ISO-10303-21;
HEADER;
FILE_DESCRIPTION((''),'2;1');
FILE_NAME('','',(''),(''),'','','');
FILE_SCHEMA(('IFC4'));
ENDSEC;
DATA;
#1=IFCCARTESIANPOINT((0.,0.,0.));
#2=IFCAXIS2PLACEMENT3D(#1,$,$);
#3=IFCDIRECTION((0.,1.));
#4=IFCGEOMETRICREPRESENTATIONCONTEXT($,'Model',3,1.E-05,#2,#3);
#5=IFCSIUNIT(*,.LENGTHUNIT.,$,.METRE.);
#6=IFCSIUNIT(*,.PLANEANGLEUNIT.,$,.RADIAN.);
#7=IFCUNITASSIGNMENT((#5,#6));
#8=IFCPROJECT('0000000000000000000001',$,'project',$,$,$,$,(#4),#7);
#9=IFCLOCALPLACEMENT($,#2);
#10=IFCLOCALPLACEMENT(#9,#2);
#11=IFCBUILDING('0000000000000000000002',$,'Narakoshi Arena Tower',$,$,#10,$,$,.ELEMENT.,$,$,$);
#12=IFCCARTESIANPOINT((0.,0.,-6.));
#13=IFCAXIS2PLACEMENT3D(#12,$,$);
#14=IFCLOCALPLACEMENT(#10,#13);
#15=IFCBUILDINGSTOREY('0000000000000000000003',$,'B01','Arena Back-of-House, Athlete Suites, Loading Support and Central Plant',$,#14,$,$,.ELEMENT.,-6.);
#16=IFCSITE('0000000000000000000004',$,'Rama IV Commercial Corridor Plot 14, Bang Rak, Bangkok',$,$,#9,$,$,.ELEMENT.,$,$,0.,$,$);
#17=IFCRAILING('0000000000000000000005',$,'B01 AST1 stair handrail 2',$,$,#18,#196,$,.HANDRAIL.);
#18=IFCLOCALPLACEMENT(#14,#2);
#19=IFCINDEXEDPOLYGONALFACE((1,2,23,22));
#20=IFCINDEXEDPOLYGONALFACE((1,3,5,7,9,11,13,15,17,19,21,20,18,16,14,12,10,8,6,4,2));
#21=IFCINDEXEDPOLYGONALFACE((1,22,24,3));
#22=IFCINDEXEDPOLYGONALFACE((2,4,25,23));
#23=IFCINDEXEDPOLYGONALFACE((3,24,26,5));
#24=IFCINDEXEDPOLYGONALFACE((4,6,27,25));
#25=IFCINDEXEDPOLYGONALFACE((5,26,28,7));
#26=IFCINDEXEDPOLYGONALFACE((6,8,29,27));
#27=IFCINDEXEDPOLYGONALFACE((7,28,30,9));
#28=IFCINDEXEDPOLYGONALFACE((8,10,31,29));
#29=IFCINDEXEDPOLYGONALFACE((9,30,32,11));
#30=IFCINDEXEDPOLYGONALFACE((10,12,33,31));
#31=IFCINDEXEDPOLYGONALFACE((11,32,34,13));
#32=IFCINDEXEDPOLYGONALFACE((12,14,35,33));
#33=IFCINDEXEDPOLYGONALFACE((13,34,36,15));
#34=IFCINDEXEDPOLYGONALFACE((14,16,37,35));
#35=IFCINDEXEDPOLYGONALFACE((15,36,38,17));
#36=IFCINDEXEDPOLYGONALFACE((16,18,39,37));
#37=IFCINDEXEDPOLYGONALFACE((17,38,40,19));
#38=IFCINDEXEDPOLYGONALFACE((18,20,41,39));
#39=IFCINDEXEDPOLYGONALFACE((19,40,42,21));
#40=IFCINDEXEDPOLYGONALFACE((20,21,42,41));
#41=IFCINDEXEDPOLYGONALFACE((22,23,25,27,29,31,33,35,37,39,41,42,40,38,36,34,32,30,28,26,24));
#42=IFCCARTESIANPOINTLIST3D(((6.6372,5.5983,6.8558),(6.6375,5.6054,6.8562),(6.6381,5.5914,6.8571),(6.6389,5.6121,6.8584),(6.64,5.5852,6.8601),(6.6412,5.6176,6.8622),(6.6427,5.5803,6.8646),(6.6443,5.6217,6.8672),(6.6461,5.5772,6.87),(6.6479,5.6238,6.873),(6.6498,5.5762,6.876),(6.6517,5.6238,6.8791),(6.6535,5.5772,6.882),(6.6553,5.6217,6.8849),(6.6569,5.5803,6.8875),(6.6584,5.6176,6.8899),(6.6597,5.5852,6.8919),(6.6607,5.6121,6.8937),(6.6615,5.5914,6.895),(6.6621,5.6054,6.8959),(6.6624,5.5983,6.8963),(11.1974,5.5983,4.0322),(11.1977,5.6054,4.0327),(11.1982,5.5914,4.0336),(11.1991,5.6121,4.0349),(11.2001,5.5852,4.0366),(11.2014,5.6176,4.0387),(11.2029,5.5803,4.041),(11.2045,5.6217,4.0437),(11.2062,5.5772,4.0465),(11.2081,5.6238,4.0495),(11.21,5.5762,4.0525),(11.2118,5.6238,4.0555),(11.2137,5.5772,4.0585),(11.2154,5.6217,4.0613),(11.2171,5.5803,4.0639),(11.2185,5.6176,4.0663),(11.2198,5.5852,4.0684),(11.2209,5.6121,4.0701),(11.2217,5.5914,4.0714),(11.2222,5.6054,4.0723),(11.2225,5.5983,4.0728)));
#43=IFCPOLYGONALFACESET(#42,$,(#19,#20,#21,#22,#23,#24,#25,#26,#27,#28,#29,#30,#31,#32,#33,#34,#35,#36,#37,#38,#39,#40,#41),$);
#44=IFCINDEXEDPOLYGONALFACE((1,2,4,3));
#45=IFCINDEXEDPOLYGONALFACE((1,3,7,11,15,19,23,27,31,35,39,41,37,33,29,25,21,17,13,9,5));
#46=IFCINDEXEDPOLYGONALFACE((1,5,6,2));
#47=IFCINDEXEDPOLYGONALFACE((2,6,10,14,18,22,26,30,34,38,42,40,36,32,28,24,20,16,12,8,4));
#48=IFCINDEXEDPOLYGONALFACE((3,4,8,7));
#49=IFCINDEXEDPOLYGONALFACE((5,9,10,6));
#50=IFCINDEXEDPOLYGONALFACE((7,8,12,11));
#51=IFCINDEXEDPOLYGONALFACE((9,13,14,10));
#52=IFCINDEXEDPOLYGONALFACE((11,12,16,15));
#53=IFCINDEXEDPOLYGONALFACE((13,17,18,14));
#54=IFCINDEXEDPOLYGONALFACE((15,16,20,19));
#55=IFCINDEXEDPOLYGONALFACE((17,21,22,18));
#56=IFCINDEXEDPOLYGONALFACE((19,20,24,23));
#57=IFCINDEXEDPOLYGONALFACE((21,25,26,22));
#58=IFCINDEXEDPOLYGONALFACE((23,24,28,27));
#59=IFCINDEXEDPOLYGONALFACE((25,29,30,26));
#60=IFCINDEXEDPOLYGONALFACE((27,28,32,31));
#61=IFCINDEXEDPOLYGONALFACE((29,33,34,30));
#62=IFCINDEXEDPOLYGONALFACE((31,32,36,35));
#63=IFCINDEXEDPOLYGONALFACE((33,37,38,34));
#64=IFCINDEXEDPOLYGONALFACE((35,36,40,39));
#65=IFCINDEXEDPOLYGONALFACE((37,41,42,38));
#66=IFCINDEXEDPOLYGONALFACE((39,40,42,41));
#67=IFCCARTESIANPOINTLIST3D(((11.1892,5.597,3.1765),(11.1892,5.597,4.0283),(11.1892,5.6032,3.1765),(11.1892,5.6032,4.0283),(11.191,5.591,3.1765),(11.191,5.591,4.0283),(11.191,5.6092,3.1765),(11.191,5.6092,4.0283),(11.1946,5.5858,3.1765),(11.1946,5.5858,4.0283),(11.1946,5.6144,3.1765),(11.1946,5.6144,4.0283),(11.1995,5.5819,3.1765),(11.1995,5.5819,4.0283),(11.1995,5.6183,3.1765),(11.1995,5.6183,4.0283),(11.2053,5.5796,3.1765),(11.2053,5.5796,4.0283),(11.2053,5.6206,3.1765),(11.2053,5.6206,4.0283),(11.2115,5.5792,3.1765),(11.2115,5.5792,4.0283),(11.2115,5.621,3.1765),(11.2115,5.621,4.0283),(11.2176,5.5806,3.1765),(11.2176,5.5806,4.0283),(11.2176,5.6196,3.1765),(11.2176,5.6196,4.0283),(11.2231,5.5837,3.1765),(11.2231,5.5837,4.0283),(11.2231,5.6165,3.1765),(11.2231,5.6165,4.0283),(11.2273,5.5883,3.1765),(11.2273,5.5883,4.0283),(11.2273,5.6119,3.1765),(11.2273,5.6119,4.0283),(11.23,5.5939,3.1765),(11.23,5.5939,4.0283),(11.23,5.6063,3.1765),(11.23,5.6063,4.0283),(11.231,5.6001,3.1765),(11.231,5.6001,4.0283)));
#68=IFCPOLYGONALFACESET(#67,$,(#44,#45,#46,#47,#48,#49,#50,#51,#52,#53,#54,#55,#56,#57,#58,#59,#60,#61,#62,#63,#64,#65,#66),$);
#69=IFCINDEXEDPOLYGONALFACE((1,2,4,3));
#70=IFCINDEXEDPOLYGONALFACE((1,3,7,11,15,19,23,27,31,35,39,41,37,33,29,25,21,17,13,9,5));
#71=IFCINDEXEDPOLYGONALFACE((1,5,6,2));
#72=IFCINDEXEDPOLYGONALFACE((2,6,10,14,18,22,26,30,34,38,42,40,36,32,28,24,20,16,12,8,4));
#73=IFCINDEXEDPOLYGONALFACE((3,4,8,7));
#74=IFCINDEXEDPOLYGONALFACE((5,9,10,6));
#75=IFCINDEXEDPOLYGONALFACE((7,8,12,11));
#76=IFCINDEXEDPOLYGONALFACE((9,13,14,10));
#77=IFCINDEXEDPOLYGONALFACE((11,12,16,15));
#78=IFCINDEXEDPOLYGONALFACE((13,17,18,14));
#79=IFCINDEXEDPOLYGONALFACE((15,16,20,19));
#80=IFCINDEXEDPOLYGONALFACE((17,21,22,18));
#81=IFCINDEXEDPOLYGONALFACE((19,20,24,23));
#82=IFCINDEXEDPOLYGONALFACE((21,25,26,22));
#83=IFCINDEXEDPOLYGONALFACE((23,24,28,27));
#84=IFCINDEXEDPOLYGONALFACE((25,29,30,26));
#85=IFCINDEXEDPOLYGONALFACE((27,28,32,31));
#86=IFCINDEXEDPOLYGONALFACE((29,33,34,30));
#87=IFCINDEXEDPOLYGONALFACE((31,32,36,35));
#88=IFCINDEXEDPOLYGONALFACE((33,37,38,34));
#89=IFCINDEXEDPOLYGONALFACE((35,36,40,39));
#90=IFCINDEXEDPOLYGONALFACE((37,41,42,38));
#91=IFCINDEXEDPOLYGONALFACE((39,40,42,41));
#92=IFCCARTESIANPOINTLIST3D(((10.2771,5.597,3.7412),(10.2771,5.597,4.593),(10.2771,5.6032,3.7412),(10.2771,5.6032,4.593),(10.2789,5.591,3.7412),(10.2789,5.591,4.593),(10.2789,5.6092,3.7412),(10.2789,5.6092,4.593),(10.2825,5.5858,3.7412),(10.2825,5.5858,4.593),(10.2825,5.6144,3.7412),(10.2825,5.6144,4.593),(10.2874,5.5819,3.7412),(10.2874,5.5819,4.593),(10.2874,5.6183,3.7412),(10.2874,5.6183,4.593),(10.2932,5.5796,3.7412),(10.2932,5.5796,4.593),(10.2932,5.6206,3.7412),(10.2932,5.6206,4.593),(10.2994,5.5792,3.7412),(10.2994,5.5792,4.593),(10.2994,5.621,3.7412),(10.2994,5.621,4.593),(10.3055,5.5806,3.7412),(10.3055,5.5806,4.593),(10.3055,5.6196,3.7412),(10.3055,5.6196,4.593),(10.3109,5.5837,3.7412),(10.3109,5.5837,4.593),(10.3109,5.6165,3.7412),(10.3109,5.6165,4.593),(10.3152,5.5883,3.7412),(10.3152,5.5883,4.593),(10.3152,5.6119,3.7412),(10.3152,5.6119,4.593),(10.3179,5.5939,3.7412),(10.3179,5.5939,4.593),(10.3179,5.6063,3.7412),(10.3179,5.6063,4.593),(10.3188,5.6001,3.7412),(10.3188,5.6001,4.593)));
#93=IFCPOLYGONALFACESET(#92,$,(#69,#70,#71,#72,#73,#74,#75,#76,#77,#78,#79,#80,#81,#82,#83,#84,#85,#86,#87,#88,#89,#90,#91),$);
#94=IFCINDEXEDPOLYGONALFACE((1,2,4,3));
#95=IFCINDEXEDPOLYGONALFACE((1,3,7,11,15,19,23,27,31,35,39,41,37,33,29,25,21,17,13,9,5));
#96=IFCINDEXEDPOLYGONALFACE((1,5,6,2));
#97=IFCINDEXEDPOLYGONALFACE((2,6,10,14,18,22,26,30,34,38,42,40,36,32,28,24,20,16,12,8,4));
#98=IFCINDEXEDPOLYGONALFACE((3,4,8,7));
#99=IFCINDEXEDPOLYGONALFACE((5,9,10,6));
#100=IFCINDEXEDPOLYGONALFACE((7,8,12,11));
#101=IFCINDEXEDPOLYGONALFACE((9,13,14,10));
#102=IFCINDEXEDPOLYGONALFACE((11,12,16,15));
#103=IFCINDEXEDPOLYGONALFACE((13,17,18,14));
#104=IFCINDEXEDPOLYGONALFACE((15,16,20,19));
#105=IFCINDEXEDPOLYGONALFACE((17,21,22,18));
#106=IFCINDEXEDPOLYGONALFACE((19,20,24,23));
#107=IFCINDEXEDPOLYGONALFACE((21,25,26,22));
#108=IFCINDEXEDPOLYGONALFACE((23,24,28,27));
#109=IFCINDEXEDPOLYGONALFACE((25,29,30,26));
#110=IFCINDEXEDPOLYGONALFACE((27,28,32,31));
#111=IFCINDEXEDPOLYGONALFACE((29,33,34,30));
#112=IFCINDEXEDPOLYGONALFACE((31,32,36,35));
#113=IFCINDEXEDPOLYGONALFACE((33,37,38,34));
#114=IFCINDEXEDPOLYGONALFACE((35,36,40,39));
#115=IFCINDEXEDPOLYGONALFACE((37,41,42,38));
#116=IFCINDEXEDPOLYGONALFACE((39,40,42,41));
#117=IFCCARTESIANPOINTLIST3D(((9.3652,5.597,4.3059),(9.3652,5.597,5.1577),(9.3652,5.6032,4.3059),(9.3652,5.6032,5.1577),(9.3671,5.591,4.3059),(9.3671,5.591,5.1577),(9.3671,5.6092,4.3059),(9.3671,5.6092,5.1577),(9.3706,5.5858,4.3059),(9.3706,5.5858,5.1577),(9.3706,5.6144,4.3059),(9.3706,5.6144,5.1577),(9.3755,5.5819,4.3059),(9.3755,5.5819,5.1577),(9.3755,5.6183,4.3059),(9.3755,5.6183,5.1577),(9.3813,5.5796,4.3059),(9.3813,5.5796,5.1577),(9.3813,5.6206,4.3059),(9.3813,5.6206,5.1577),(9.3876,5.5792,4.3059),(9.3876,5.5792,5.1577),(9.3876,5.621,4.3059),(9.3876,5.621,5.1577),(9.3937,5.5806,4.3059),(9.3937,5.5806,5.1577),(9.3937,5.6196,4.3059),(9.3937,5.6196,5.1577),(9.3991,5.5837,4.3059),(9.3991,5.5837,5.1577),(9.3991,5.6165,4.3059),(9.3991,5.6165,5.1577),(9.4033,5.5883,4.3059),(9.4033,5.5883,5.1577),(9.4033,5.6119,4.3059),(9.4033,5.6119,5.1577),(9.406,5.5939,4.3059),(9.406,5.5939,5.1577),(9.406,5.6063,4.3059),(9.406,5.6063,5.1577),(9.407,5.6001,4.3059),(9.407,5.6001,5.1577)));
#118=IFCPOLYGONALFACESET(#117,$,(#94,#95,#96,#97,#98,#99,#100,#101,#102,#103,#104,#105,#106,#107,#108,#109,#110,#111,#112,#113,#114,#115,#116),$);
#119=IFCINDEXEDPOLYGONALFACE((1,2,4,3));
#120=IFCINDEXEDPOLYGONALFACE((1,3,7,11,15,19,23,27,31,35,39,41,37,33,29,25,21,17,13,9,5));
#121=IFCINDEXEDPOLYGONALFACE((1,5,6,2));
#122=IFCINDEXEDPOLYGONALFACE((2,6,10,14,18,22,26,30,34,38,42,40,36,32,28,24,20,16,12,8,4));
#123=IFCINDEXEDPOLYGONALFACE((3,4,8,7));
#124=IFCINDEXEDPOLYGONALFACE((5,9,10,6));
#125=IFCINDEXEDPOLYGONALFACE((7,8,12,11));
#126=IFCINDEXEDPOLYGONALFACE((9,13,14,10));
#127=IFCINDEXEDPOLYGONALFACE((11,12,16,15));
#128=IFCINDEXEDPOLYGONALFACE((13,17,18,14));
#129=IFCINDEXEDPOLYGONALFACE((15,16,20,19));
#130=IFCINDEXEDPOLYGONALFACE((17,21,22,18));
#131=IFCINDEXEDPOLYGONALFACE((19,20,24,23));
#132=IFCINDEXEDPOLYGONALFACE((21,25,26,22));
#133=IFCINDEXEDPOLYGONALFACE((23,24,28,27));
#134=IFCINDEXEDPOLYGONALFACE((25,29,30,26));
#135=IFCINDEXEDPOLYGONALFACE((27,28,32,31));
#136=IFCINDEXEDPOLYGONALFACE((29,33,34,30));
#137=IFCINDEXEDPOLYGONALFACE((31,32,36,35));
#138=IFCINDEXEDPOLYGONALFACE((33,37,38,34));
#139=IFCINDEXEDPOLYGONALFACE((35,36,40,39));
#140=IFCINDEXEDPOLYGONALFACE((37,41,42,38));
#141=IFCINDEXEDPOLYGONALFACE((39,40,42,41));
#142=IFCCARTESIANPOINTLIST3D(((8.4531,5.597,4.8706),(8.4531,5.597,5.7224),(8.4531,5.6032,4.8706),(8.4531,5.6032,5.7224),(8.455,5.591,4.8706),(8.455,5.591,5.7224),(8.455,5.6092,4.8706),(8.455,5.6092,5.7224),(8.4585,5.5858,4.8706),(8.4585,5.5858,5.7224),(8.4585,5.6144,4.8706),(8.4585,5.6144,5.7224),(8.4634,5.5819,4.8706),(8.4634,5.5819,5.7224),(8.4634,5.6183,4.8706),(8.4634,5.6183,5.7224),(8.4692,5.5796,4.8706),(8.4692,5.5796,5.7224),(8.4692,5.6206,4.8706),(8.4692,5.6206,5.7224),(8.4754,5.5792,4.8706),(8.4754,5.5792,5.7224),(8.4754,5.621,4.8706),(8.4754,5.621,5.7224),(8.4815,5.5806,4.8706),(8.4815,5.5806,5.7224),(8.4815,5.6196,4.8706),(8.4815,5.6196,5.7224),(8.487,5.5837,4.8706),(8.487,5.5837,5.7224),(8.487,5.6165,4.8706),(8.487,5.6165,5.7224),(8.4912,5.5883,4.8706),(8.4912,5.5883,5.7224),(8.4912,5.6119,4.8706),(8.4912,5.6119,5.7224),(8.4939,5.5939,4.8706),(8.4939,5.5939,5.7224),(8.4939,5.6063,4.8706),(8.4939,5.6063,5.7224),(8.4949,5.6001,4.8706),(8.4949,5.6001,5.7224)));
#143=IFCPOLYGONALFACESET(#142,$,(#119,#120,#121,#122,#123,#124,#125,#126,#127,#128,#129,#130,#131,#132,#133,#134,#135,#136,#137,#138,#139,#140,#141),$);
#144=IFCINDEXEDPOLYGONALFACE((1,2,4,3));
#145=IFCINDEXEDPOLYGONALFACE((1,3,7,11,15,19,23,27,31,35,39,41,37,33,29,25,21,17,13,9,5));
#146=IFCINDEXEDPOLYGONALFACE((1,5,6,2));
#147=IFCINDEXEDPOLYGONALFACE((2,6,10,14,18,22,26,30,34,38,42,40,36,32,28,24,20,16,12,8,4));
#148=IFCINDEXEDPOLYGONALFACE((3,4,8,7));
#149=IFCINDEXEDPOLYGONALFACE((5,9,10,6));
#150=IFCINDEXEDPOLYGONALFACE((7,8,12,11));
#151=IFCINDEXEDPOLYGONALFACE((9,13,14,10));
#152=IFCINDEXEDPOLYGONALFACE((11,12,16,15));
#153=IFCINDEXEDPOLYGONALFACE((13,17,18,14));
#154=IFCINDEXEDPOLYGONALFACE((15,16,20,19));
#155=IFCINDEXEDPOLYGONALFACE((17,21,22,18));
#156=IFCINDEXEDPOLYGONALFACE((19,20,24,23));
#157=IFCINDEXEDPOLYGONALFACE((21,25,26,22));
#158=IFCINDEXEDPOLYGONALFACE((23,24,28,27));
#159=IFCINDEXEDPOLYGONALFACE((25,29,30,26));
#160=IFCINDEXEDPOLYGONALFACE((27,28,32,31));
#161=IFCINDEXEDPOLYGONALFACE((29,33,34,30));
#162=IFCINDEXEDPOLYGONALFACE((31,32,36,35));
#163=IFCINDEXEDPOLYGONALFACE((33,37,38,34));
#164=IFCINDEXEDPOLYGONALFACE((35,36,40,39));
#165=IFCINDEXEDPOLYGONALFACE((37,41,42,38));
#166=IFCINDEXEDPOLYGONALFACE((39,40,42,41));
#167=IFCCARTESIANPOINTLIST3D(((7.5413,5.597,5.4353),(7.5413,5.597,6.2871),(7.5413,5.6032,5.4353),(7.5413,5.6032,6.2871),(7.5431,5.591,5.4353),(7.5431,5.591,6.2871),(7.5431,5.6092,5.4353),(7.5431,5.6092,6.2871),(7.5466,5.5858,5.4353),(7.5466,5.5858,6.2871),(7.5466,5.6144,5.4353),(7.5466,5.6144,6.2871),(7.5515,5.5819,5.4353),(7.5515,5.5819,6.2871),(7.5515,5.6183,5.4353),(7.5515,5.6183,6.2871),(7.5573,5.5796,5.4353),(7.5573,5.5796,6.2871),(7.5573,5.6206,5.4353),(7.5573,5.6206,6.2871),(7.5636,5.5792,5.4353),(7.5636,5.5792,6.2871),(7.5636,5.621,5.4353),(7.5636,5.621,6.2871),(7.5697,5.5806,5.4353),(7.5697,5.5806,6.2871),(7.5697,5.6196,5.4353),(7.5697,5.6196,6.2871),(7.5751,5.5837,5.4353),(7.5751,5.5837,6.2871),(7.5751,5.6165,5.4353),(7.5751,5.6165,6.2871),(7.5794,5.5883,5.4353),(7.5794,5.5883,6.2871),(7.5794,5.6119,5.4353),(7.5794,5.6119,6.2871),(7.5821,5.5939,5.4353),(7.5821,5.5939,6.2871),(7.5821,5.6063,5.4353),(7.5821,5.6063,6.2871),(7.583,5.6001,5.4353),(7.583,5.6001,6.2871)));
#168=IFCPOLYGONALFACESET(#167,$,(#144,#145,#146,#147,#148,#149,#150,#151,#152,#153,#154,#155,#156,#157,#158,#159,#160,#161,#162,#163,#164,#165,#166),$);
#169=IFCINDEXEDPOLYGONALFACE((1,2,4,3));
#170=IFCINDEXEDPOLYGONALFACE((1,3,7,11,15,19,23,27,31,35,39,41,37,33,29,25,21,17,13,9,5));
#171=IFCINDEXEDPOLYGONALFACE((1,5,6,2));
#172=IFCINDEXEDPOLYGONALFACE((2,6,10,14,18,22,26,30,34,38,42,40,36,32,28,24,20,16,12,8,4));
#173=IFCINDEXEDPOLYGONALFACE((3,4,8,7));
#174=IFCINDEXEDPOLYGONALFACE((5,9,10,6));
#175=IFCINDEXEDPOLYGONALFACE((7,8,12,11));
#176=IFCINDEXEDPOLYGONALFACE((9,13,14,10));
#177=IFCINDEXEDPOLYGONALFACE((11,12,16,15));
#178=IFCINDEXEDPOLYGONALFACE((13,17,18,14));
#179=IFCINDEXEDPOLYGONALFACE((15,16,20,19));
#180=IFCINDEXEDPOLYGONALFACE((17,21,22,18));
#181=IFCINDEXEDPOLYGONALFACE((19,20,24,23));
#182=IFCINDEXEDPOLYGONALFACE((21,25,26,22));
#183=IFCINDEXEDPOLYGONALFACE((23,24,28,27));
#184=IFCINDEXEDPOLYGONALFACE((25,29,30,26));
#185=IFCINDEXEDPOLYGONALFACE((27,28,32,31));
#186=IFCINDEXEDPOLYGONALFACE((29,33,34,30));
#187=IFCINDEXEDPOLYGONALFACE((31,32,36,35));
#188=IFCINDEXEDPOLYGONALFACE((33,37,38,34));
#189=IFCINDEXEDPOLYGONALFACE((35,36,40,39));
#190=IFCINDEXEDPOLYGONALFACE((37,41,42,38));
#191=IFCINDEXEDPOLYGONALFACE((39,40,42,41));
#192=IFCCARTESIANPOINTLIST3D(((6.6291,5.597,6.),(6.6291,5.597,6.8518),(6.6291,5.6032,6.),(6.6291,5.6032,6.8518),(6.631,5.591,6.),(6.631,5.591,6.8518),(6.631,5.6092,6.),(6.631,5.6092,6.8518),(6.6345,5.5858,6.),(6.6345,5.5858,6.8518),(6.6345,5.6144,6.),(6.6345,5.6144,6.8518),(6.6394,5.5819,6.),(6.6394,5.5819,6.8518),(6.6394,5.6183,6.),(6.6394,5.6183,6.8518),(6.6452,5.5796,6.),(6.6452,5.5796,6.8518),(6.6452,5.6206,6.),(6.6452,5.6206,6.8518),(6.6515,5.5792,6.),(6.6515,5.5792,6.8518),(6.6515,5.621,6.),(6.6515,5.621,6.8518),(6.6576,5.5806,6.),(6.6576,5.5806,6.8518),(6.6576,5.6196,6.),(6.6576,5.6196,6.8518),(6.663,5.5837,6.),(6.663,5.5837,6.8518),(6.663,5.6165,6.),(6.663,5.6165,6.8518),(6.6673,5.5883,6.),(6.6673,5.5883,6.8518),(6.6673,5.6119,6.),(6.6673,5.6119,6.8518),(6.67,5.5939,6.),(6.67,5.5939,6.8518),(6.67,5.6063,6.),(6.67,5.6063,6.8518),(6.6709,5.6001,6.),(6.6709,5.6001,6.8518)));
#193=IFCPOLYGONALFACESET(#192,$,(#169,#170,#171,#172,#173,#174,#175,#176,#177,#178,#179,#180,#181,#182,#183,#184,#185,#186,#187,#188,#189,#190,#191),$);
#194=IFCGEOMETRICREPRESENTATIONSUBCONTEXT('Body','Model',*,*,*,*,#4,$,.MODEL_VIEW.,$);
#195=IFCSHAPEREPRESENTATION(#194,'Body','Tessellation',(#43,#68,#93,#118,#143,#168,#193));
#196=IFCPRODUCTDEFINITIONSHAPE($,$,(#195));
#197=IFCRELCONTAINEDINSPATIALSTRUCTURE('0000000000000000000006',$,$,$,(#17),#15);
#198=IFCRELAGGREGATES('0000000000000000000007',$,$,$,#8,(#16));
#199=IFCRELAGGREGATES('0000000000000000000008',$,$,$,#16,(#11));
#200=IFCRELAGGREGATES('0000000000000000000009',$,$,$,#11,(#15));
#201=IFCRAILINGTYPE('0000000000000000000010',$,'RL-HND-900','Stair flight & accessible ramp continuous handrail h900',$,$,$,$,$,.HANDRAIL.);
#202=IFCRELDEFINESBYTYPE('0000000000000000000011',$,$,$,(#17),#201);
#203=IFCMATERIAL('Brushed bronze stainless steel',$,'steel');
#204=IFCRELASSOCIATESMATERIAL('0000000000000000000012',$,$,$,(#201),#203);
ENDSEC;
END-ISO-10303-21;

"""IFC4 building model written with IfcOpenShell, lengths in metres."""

from ifc_helpers import new_model, si_unit, direction, frame, origin, origin_2d, place, context, subcontext, project, spatial, circle, extrude, material, type_object, element, save


model = new_model("IFC4")

# Units and contexts
model_context = context("Model", 3, precision=1e-05, world=origin(), true_north=direction((0.0, 1.0)))
body_context = subcontext(model_context, "Body", "Model", "MODEL_VIEW")
ifc_project = project(units=[si_unit("LENGTHUNIT", "METRE"), si_unit("PLANEANGLEUNIT", "RADIAN")], contexts=[model_context])

# Site, building, storey
site_placement = place(None, origin())
site = spatial("IfcSite", under=ifc_project, at=site_placement, Name="Rama IV Commercial Corridor Plot 14, Bang Rak, Bangkok", CompositionType="ELEMENT", RefElevation=0.0)
building_placement = place(site_placement, origin())
building = spatial("IfcBuilding", under=site, at=building_placement, Name="Narakoshi Arena Tower", CompositionType="ELEMENT")
storey_placement = place(building_placement, frame((0.0, 0.0, -6.0)))
storey = spatial("IfcBuildingStorey", under=building, at=storey_placement, Name="B01", Description="Arena Back-of-House, Athlete Suites, Loading Support and Central Plant", CompositionType="ELEMENT", Elevation=-6.0)

# Railing
ifc_material_1 = material(Name="Brushed bronze stainless steel", Category="steel")
railing_type_1 = type_object("IfcRailingType", Name="RL-HND-900", Description="Stair flight & accessible ramp continuous handrail h900", PredefinedType="HANDRAIL", material=ifc_material_1)
railing_1_placement = place(storey_placement, frame((11.21, 5.6001, 3.1765)))
element("IfcRailing", 1, at=railing_1_placement, inside=storey, type_object=railing_type_1, Name="B01 AST1 stair handrail 2", PredefinedType="HANDRAIL", context=body_context, shape_type="SweptSolid", body=[
    extrude(circle(Radius=0.0239, at=origin_2d()), frame((0.0, 0.0, 0.876), z_axis=(-0.850216, 0.0, 0.526435), x_axis=(0.0, -1.0, 0.0)), (0.0, 0.0, 1.0), 5.3635),
    extrude(circle(Radius=0.021, at=origin_2d()), origin(), (0.0, 0.0, 1.0), 0.8518),
    extrude(circle(Radius=0.021, at=origin_2d()), frame((-0.9121, 0.0, 0.5647)), (0.0, 0.0, 1.0), 0.8518),
    extrude(circle(Radius=0.021, at=origin_2d()), frame((-1.824, 0.0, 1.1294)), (0.0, 0.0, 1.0), 0.8518),
    extrude(circle(Radius=0.021, at=origin_2d()), frame((-2.7361, 0.0, 1.6941)), (0.0, 0.0, 1.0), 0.8518),
    extrude(circle(Radius=0.021, at=origin_2d()), frame((-3.6479, 0.0, 2.2588)), (0.0, 0.0, 1.0), 0.8518),
    extrude(circle(Radius=0.021, at=origin_2d()), frame((-4.5601, 0.0, 2.8235)), (0.0, 0.0, 1.0), 0.8518),
])

save(model, "model.ifc")
